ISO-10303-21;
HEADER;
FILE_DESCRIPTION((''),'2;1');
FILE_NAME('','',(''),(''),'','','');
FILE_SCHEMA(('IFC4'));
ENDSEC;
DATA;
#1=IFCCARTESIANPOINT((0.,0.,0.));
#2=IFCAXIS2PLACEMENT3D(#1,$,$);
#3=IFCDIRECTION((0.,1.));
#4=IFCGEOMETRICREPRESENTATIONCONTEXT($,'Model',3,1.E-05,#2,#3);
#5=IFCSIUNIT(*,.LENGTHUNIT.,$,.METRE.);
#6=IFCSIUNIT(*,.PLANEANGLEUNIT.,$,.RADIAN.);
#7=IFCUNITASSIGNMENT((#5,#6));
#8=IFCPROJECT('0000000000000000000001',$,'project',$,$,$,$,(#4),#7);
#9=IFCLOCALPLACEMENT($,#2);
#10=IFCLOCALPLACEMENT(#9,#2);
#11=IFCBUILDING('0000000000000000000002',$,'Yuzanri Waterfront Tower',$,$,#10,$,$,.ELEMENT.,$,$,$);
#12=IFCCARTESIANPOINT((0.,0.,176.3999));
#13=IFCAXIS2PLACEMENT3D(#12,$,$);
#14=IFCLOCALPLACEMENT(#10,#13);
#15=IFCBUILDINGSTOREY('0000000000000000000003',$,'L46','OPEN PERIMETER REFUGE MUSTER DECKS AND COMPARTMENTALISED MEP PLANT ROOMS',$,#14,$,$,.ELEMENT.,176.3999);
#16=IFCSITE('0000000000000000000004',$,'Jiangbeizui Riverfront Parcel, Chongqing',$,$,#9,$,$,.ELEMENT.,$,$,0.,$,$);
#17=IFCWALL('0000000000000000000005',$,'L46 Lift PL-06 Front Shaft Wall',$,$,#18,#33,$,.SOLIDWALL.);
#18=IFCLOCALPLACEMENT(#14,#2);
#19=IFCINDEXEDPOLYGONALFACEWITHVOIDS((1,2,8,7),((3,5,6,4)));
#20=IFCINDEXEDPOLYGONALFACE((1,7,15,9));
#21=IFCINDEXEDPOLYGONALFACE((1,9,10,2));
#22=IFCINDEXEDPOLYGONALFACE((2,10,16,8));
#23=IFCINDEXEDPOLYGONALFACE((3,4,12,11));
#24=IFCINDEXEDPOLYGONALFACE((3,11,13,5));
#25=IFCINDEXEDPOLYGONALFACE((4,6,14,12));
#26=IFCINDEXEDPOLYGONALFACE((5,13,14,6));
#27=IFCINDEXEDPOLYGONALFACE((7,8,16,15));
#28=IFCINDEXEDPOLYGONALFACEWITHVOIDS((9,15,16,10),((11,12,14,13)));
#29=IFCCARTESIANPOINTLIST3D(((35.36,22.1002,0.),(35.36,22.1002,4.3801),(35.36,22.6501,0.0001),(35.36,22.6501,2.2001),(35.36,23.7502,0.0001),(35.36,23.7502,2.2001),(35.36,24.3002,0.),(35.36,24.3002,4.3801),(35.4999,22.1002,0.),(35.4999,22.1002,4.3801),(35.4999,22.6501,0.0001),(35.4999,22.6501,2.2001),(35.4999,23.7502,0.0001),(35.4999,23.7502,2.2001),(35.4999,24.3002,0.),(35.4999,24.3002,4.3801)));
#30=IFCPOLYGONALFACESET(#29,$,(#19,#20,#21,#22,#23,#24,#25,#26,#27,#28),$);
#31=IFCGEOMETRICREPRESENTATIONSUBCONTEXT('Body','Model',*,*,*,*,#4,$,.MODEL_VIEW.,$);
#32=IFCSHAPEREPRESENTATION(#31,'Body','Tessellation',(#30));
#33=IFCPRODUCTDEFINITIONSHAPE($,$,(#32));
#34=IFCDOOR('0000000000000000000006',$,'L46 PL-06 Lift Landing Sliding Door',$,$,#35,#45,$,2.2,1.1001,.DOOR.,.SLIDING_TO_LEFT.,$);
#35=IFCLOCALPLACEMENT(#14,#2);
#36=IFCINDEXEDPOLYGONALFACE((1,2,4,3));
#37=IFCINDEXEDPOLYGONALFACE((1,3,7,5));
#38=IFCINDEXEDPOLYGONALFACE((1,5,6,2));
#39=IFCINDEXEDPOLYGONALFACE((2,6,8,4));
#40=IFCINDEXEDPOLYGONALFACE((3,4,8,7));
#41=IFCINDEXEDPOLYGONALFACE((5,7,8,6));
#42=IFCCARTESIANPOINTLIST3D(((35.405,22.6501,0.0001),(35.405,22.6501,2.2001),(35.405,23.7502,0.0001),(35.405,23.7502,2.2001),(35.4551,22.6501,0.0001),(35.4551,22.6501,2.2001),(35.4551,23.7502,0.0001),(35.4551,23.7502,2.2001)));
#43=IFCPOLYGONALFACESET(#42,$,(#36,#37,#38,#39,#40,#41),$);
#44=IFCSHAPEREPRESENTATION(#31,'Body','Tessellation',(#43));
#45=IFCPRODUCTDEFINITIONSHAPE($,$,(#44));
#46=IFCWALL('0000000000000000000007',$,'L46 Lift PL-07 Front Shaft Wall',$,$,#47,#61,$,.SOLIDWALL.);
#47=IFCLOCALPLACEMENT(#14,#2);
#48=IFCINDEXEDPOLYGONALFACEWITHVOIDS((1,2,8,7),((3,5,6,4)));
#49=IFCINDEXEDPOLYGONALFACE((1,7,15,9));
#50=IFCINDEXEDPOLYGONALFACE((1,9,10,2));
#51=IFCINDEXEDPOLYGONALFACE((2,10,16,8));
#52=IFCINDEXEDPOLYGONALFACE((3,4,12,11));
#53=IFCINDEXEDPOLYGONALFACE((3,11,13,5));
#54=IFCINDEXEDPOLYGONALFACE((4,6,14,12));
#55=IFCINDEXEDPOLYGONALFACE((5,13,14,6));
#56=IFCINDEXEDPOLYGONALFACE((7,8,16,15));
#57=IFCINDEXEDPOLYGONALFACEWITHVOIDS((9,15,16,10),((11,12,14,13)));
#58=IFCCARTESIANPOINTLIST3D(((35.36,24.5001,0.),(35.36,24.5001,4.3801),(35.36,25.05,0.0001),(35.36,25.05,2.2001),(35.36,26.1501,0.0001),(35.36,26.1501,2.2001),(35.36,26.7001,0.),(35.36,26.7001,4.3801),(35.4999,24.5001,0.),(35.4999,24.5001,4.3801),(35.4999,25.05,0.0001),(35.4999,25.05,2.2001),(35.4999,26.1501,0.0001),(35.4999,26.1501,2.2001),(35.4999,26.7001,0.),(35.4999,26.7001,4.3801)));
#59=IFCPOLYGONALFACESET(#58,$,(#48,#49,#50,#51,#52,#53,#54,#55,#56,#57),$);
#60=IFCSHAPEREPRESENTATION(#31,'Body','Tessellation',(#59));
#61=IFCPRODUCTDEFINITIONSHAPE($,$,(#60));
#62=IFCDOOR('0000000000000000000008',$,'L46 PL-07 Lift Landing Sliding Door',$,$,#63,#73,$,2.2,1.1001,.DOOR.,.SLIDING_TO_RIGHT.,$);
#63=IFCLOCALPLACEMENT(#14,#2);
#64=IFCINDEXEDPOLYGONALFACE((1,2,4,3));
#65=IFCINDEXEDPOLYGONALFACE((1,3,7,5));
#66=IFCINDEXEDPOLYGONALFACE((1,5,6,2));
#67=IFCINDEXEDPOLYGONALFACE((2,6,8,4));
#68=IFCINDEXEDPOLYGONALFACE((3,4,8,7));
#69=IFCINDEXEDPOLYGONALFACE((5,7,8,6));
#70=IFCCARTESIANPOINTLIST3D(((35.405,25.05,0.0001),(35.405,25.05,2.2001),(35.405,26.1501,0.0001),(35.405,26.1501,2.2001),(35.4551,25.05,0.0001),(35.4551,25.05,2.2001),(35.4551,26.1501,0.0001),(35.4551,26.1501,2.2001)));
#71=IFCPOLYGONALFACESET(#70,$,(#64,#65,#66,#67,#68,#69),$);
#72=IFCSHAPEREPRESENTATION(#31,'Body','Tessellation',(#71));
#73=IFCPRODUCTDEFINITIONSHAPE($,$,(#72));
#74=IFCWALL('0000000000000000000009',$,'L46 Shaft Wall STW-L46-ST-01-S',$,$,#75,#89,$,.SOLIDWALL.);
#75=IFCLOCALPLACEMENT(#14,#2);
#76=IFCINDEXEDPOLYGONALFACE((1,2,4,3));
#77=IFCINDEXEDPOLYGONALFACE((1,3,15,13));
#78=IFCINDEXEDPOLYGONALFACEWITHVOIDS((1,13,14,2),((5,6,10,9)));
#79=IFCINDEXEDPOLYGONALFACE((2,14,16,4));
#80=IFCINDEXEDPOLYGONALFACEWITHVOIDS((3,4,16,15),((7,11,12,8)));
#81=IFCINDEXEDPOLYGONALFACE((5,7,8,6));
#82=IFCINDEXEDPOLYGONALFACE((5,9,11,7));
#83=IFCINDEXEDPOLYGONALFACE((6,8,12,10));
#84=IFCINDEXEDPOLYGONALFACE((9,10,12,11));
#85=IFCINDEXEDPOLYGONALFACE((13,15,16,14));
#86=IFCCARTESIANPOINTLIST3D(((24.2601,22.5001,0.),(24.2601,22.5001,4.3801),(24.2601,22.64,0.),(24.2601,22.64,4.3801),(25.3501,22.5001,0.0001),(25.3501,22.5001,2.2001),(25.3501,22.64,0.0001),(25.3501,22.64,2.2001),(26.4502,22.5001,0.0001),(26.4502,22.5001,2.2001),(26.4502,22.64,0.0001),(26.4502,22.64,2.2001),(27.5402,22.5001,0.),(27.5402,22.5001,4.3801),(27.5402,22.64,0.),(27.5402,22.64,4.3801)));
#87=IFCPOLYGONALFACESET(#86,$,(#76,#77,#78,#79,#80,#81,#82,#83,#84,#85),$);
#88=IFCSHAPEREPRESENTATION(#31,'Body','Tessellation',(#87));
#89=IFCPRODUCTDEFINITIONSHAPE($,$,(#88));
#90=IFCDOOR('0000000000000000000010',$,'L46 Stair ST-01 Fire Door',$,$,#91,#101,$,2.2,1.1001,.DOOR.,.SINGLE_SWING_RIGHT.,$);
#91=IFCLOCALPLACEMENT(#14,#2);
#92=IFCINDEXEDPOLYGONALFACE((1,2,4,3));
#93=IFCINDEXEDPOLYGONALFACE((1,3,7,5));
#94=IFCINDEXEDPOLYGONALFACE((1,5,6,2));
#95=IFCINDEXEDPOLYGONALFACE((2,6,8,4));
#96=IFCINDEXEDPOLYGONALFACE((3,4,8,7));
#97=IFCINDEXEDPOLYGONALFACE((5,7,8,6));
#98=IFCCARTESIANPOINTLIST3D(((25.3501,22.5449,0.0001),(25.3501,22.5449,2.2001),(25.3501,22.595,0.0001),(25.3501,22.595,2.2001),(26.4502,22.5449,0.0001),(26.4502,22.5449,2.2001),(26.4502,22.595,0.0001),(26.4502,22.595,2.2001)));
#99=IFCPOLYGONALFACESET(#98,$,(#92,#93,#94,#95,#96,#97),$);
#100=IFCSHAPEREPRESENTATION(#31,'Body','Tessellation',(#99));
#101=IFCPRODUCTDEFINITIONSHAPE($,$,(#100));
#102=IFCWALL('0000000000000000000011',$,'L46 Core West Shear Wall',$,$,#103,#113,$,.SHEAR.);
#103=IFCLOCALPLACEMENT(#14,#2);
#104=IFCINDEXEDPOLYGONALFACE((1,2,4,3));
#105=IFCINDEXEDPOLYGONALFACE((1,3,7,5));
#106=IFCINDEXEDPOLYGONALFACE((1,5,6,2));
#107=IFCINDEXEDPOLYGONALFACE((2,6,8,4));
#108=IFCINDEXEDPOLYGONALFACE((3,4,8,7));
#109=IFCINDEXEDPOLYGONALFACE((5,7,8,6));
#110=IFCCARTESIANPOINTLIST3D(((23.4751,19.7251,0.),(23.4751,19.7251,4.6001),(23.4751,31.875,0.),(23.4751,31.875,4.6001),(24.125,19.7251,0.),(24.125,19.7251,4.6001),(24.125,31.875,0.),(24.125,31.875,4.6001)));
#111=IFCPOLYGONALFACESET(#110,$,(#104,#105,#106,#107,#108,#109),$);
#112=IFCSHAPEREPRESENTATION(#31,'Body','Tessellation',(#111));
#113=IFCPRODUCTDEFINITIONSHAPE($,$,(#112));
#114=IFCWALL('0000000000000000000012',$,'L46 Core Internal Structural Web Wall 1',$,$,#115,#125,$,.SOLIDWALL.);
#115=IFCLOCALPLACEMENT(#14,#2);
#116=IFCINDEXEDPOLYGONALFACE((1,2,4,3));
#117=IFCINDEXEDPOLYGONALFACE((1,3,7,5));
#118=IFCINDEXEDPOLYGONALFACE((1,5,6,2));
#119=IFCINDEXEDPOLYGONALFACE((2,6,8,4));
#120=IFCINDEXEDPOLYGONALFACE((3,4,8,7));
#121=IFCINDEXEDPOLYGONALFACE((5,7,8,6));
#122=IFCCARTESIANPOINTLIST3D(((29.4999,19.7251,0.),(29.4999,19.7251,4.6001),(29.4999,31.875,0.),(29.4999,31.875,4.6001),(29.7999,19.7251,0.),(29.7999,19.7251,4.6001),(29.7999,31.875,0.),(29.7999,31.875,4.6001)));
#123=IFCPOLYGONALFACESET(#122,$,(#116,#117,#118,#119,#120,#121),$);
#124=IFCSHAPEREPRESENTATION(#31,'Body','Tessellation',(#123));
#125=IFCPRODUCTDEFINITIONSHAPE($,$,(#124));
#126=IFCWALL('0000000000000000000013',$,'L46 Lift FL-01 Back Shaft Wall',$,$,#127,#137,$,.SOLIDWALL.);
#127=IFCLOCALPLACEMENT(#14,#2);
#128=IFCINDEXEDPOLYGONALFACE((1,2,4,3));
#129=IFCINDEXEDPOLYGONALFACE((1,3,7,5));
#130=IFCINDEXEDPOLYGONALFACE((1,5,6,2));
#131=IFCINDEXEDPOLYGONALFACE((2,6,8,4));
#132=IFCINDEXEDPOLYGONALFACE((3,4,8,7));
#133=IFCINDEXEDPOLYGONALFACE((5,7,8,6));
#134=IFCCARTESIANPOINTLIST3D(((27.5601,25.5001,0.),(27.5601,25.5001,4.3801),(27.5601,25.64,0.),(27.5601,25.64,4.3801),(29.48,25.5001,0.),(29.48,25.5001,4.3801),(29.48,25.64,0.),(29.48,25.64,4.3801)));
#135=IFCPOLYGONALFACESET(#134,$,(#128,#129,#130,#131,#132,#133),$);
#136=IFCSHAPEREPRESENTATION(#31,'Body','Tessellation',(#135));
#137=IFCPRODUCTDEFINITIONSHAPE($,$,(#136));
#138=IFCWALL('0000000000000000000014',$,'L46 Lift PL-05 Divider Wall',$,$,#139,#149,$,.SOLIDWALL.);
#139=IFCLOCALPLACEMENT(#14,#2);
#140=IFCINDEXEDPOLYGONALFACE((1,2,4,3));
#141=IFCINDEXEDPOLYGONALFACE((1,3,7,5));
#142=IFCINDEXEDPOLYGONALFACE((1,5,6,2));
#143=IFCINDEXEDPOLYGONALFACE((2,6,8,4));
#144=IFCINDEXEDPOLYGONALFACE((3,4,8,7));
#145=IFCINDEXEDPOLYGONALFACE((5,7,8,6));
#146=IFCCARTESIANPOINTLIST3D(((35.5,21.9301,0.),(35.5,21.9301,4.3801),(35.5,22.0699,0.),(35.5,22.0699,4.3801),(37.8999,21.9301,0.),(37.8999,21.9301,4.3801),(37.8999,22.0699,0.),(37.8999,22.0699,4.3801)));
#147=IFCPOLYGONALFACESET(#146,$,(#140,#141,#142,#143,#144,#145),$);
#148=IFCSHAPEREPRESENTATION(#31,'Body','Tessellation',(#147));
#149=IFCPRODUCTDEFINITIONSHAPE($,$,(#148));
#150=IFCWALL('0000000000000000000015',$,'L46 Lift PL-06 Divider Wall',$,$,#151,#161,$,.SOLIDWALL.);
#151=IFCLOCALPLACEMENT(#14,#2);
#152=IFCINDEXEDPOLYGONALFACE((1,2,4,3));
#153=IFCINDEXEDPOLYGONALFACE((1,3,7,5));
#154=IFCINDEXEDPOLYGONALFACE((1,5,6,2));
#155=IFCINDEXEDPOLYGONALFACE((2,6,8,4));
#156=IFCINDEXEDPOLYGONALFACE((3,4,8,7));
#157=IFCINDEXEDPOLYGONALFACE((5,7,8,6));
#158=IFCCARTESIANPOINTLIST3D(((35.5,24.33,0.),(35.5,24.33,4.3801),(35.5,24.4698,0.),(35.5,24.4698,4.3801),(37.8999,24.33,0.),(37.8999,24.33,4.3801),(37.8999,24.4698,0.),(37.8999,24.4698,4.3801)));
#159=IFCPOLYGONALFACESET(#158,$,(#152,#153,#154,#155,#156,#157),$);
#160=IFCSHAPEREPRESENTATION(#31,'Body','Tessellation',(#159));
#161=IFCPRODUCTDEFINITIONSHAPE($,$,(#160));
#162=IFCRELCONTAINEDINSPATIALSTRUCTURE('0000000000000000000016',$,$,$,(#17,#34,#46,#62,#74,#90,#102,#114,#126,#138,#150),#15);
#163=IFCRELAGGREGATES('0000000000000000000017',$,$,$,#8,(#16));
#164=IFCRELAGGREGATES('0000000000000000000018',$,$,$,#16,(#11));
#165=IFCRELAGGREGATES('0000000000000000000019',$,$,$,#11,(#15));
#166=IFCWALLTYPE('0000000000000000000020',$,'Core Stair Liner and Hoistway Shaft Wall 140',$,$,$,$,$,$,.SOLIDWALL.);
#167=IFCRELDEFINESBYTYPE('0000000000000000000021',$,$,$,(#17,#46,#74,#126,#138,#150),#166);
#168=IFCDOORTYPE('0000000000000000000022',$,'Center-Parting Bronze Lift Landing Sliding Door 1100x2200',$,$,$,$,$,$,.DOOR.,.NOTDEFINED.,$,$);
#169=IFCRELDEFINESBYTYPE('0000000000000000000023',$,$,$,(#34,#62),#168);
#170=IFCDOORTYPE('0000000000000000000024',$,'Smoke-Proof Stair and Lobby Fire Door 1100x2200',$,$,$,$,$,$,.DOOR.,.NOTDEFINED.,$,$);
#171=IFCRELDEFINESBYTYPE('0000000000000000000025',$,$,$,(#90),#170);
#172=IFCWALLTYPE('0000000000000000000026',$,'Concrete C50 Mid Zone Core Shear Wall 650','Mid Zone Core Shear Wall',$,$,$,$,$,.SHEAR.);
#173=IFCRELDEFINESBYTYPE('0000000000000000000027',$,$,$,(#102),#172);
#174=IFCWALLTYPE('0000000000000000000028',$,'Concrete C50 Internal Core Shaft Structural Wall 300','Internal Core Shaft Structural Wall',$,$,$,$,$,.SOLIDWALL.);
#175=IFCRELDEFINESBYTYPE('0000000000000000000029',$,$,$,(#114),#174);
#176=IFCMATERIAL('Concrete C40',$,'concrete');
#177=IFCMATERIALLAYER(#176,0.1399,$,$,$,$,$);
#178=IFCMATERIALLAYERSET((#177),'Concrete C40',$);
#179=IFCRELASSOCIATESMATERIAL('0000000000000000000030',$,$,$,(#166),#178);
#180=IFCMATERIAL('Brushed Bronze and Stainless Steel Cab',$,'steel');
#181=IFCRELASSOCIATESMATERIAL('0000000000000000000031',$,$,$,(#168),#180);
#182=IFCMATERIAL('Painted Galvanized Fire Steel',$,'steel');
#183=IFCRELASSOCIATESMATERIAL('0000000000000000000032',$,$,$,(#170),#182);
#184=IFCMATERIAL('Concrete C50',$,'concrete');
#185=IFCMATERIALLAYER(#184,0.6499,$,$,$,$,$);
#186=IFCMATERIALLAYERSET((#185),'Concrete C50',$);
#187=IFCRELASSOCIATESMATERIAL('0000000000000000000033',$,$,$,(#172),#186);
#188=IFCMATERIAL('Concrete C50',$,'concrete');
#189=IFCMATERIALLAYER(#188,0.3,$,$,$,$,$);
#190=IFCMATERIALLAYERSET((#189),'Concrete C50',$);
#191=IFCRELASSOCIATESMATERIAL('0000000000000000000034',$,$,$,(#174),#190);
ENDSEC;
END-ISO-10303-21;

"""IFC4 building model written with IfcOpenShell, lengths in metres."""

from ifc_helpers import new_model, si_unit, direction, frame, frame_2d, origin, place, context, subcontext, project, spatial, rectangle, extrude, source, transform, mapped, material, layer, layer_set, type_object, element, fill, save


model = new_model("IFC4")

# Units and contexts
model_context = context("Model", 3, precision=1e-05, world=origin(), true_north=direction((0.0, 1.0)))
body_context = subcontext(model_context, "Body", "Model", "MODEL_VIEW")
ifc_project = project(units=[si_unit("LENGTHUNIT", "METRE"), si_unit("PLANEANGLEUNIT", "RADIAN")], contexts=[model_context])

# Site, building, storey
site_placement = place(None, origin())
site = spatial("IfcSite", under=ifc_project, at=site_placement, Name="Jiangbeizui Riverfront Parcel, Chongqing", CompositionType="ELEMENT", RefElevation=0.0)
building_placement = place(site_placement, origin())
building = spatial("IfcBuilding", under=site, at=building_placement, Name="Yuzanri Waterfront Tower", CompositionType="ELEMENT")
storey_placement = place(building_placement, frame((0.0, 0.0, 176.3999)))
storey = spatial("IfcBuildingStorey", under=building, at=storey_placement, Name="L46", Description="OPEN PERIMETER REFUGE MUSTER DECKS AND COMPARTMENTALISED MEP PLANT ROOMS", CompositionType="ELEMENT", Elevation=176.3999)

# Walls, openings, doors
ifc_material_1 = material(Name="Concrete C40", Category="concrete")
ifc_layer_1 = layer(ifc_material_1, 0.1399)
ifc_layer_set_1 = layer_set([ifc_layer_1], Name="Concrete C40")
wall_type_1 = type_object("IfcWallType", Name="Core Stair Liner and Hoistway Shaft Wall 140", PredefinedType="SOLIDWALL", material=ifc_layer_set_1)
ifc_material_2 = material(Name="Brushed Bronze and Stainless Steel Cab", Category="steel")
door_type_1 = type_object("IfcDoorType", Name="Center-Parting Bronze Lift Landing Sliding Door 1100x2200", OperationType="NOTDEFINED", PredefinedType="DOOR", material=ifc_material_2)
shared_shape_1 = source(origin(), body_context, "Body", "SweptSolid", [
    extrude(rectangle(XDim=1.1001, YDim=2.2, at=frame_2d((0.55, 1.1001))), frame((0.0, 0.0249, 0.0), z_axis=(0.0, -1.0, 0.0), x_axis=(1.0, 0.0, 0.0)), (0.0, 0.0, 1.0), 0.05),
])
wall_1_placement = place(storey_placement, frame((35.4299, 22.1001, 0.0), z_axis=(0.0, 0.0, 1.0), x_axis=(0.0, 1.0, 0.0)))
wall_1 = element("IfcWall", 1, at=wall_1_placement, inside=storey, type_object=wall_type_1, Name="L46 Lift PL-06 Front Shaft Wall", PredefinedType="SOLIDWALL", context=body_context, shape_type="SweptSolid", body=[
    extrude(rectangle(XDim=2.2, YDim=0.1399, at=frame_2d((1.1001, 0.0))), origin(), (0.0, 0.0, 1.0), 4.3801),
])
opening_1_placement = place(wall_1_placement, frame((0.55, 0.0, 0.0)))
opening_1 = element("IfcOpeningElement", 2, at=opening_1_placement, cuts=wall_1, PredefinedType="OPENING", context=body_context, shape_type="SweptSolid", body=[
    extrude(rectangle(XDim=1.1001, YDim=2.2, at=frame_2d((0.55, 1.1001))), frame((0.0, 0.085, 0.0), z_axis=(0.0, -1.0, 0.0), x_axis=(1.0, 0.0, 0.0)), (0.0, 0.0, 1.0), 0.1697),
])
door_1_placement = place(opening_1_placement, origin())
door_1 = element("IfcDoor", 3, at=door_1_placement, inside=storey, type_object=door_type_1, Name="L46 PL-06 Lift Landing Sliding Door", OperationType="SLIDING_TO_LEFT", OverallHeight=2.2, OverallWidth=1.1001, PredefinedType="DOOR", context=body_context, shape_type="MappedRepresentation", body=[
    mapped(shared_shape_1, transform((0.0, 0.0, 0.0), scale=1.0)),
])
fill(opening_1, door_1)
wall_2_placement = place(storey_placement, frame((35.4299, 24.5, 0.0), z_axis=(0.0, 0.0, 1.0), x_axis=(0.0, 1.0, 0.0)))
wall_2 = element("IfcWall", 4, at=wall_2_placement, inside=storey, type_object=wall_type_1, Name="L46 Lift PL-07 Front Shaft Wall", PredefinedType="SOLIDWALL", context=body_context, shape_type="SweptSolid", body=[
    extrude(rectangle(XDim=2.2, YDim=0.1399, at=frame_2d((1.1001, 0.0))), origin(), (0.0, 0.0, 1.0), 4.3801),
])
opening_2_placement = place(wall_2_placement, frame((0.55, 0.0, 0.0)))
opening_2 = element("IfcOpeningElement", 5, at=opening_2_placement, cuts=wall_2, PredefinedType="OPENING", context=body_context, shape_type="SweptSolid", body=[
    extrude(rectangle(XDim=1.1001, YDim=2.2, at=frame_2d((0.55, 1.1001))), frame((0.0, 0.085, 0.0), z_axis=(0.0, -1.0, 0.0), x_axis=(1.0, 0.0, 0.0)), (0.0, 0.0, 1.0), 0.1697),
])
door_2_placement = place(opening_2_placement, origin())
door_2 = element("IfcDoor", 6, at=door_2_placement, inside=storey, type_object=door_type_1, Name="L46 PL-07 Lift Landing Sliding Door", OperationType="SLIDING_TO_RIGHT", OverallHeight=2.2, OverallWidth=1.1001, PredefinedType="DOOR", context=body_context, shape_type="MappedRepresentation", body=[
    mapped(shared_shape_1, transform((0.0, 0.0, 0.0), scale=1.0)),
])
fill(opening_2, door_2)
wall_3_placement = place(storey_placement, frame((24.26, 22.5701, 0.0), z_axis=(0.0, 0.0, 1.0), x_axis=(1.0, 0.0, 0.0)))
wall_3 = element("IfcWall", 7, at=wall_3_placement, inside=storey, type_object=wall_type_1, Name="L46 Shaft Wall STW-L46-ST-01-S", PredefinedType="SOLIDWALL", context=body_context, shape_type="SweptSolid", body=[
    extrude(rectangle(XDim=3.28, YDim=0.1399, at=frame_2d((1.6401, 0.0))), origin(), (0.0, 0.0, 1.0), 4.3801),
])
opening_3_placement = place(wall_3_placement, frame((1.0901, 0.0, 0.0)))
opening_3 = element("IfcOpeningElement", 8, at=opening_3_placement, cuts=wall_3, PredefinedType="OPENING", context=body_context, shape_type="SweptSolid", body=[
    extrude(rectangle(XDim=1.1001, YDim=2.2, at=frame_2d((0.55, 1.1001))), frame((0.0, 0.085, 0.0), z_axis=(0.0, -1.0, 0.0), x_axis=(1.0, 0.0, 0.0)), (0.0, 0.0, 1.0), 0.1697),
])
ifc_material_3 = material(Name="Painted Galvanized Fire Steel", Category="steel")
door_type_2 = type_object("IfcDoorType", Name="Smoke-Proof Stair and Lobby Fire Door 1100x2200", OperationType="NOTDEFINED", PredefinedType="DOOR", material=ifc_material_3)
shared_shape_2 = source(origin(), body_context, "Body", "SweptSolid", [
    extrude(rectangle(XDim=1.1001, YDim=2.2, at=frame_2d((0.55, 1.1001))), frame((0.0, 0.0249, 0.0), z_axis=(0.0, -1.0, 0.0), x_axis=(1.0, 0.0, 0.0)), (0.0, 0.0, 1.0), 0.05),
])
door_3_placement = place(opening_3_placement, origin())
door_3 = element("IfcDoor", 9, at=door_3_placement, inside=storey, type_object=door_type_2, Name="L46 Stair ST-01 Fire Door", OperationType="SINGLE_SWING_RIGHT", OverallHeight=2.2, OverallWidth=1.1001, PredefinedType="DOOR", context=body_context, shape_type="MappedRepresentation", body=[
    mapped(shared_shape_2, transform((0.0, 0.0, 0.0), scale=1.0)),
])
fill(opening_3, door_3)

# Walls
ifc_material_4 = material(Name="Concrete C50", Category="concrete")
ifc_layer_2 = layer(ifc_material_4, 0.6499)
ifc_layer_set_2 = layer_set([ifc_layer_2], Name="Concrete C50")
wall_type_2 = type_object("IfcWallType", Name="Concrete C50 Mid Zone Core Shear Wall 650", Description="Mid Zone Core Shear Wall", PredefinedType="SHEAR", material=ifc_layer_set_2)
shared_shape_3 = source(origin(), body_context, "Body", "SweptSolid", [
    extrude(rectangle(XDim=12.1499, YDim=0.6499, at=frame_2d((6.075, 0.0))), origin(), (0.0, 0.0, 1.0), 4.6001),
])
wall_4_placement = place(storey_placement, frame((23.8, 19.7251, 0.0), z_axis=(0.0, 0.0, 1.0), x_axis=(0.0, 1.0, 0.0)))
element("IfcWall", 10, at=wall_4_placement, inside=storey, type_object=wall_type_2, Name="L46 Core West Shear Wall", PredefinedType="SHEAR", context=body_context, shape_type="MappedRepresentation", body=[
    mapped(shared_shape_3, transform((0.0, 0.0, 0.0), scale=1.0)),
])
ifc_material_5 = material(Name="Concrete C50", Category="concrete")
ifc_layer_3 = layer(ifc_material_5, 0.3)
ifc_layer_set_3 = layer_set([ifc_layer_3], Name="Concrete C50")
wall_type_3 = type_object("IfcWallType", Name="Concrete C50 Internal Core Shaft Structural Wall 300", Description="Internal Core Shaft Structural Wall", PredefinedType="SOLIDWALL", material=ifc_layer_set_3)
shared_shape_4 = source(origin(), body_context, "Body", "SweptSolid", [
    extrude(rectangle(XDim=12.1499, YDim=0.3, at=frame_2d((6.075, 0.0))), origin(), (0.0, 0.0, 1.0), 4.6001),
])
wall_5_placement = place(storey_placement, frame((29.6499, 19.7251, 0.0), z_axis=(0.0, 0.0, 1.0), x_axis=(0.0, 1.0, 0.0)))
element("IfcWall", 11, at=wall_5_placement, inside=storey, type_object=wall_type_3, Name="L46 Core Internal Structural Web Wall 1", PredefinedType="SOLIDWALL", context=body_context, shape_type="MappedRepresentation", body=[
    mapped(shared_shape_4, transform((0.0, 0.0, 0.0), scale=1.0)),
])
shared_shape_5 = source(origin(), body_context, "Body", "SweptSolid", [
    extrude(rectangle(XDim=1.9199, YDim=0.1399, at=frame_2d((0.96, 0.0))), origin(), (0.0, 0.0, 1.0), 4.3801),
])
wall_6_placement = place(storey_placement, frame((27.5601, 25.5701, 0.0), z_axis=(0.0, 0.0, 1.0), x_axis=(1.0, 0.0, 0.0)))
element("IfcWall", 12, at=wall_6_placement, inside=storey, type_object=wall_type_1, Name="L46 Lift FL-01 Back Shaft Wall", PredefinedType="SOLIDWALL", context=body_context, shape_type="MappedRepresentation", body=[
    mapped(shared_shape_5, transform((0.0, 0.0, 0.0), scale=1.0)),
])
shared_shape_6 = source(origin(), body_context, "Body", "SweptSolid", [
    extrude(rectangle(XDim=2.3999, YDim=0.1399, at=frame_2d((1.2, 0.0))), origin(), (0.0, 0.0, 1.0), 4.3801),
])
for number, where, z_axis, x_axis, name in (
    (13, (35.5, 22.0, 0.0), (0.0, 0.0, 1.0), (1.0, 0.0, 0.0), "L46 Lift PL-05 Divider Wall"),
    (14, (35.5, 24.3999, 0.0), (0.0, 0.0, 1.0), (1.0, 0.0, 0.0), "L46 Lift PL-06 Divider Wall"),
):
    element("IfcWall", number, at=place(storey_placement, frame(where, z_axis=z_axis, x_axis=x_axis)), inside=storey, type_object=wall_type_1, Name=name, PredefinedType="SOLIDWALL", context=body_context, shape_type="MappedRepresentation", body=[
        mapped(shared_shape_6, transform((0.0, 0.0, 0.0), scale=1.0)),
    ])

save(model, "model.ifc")
